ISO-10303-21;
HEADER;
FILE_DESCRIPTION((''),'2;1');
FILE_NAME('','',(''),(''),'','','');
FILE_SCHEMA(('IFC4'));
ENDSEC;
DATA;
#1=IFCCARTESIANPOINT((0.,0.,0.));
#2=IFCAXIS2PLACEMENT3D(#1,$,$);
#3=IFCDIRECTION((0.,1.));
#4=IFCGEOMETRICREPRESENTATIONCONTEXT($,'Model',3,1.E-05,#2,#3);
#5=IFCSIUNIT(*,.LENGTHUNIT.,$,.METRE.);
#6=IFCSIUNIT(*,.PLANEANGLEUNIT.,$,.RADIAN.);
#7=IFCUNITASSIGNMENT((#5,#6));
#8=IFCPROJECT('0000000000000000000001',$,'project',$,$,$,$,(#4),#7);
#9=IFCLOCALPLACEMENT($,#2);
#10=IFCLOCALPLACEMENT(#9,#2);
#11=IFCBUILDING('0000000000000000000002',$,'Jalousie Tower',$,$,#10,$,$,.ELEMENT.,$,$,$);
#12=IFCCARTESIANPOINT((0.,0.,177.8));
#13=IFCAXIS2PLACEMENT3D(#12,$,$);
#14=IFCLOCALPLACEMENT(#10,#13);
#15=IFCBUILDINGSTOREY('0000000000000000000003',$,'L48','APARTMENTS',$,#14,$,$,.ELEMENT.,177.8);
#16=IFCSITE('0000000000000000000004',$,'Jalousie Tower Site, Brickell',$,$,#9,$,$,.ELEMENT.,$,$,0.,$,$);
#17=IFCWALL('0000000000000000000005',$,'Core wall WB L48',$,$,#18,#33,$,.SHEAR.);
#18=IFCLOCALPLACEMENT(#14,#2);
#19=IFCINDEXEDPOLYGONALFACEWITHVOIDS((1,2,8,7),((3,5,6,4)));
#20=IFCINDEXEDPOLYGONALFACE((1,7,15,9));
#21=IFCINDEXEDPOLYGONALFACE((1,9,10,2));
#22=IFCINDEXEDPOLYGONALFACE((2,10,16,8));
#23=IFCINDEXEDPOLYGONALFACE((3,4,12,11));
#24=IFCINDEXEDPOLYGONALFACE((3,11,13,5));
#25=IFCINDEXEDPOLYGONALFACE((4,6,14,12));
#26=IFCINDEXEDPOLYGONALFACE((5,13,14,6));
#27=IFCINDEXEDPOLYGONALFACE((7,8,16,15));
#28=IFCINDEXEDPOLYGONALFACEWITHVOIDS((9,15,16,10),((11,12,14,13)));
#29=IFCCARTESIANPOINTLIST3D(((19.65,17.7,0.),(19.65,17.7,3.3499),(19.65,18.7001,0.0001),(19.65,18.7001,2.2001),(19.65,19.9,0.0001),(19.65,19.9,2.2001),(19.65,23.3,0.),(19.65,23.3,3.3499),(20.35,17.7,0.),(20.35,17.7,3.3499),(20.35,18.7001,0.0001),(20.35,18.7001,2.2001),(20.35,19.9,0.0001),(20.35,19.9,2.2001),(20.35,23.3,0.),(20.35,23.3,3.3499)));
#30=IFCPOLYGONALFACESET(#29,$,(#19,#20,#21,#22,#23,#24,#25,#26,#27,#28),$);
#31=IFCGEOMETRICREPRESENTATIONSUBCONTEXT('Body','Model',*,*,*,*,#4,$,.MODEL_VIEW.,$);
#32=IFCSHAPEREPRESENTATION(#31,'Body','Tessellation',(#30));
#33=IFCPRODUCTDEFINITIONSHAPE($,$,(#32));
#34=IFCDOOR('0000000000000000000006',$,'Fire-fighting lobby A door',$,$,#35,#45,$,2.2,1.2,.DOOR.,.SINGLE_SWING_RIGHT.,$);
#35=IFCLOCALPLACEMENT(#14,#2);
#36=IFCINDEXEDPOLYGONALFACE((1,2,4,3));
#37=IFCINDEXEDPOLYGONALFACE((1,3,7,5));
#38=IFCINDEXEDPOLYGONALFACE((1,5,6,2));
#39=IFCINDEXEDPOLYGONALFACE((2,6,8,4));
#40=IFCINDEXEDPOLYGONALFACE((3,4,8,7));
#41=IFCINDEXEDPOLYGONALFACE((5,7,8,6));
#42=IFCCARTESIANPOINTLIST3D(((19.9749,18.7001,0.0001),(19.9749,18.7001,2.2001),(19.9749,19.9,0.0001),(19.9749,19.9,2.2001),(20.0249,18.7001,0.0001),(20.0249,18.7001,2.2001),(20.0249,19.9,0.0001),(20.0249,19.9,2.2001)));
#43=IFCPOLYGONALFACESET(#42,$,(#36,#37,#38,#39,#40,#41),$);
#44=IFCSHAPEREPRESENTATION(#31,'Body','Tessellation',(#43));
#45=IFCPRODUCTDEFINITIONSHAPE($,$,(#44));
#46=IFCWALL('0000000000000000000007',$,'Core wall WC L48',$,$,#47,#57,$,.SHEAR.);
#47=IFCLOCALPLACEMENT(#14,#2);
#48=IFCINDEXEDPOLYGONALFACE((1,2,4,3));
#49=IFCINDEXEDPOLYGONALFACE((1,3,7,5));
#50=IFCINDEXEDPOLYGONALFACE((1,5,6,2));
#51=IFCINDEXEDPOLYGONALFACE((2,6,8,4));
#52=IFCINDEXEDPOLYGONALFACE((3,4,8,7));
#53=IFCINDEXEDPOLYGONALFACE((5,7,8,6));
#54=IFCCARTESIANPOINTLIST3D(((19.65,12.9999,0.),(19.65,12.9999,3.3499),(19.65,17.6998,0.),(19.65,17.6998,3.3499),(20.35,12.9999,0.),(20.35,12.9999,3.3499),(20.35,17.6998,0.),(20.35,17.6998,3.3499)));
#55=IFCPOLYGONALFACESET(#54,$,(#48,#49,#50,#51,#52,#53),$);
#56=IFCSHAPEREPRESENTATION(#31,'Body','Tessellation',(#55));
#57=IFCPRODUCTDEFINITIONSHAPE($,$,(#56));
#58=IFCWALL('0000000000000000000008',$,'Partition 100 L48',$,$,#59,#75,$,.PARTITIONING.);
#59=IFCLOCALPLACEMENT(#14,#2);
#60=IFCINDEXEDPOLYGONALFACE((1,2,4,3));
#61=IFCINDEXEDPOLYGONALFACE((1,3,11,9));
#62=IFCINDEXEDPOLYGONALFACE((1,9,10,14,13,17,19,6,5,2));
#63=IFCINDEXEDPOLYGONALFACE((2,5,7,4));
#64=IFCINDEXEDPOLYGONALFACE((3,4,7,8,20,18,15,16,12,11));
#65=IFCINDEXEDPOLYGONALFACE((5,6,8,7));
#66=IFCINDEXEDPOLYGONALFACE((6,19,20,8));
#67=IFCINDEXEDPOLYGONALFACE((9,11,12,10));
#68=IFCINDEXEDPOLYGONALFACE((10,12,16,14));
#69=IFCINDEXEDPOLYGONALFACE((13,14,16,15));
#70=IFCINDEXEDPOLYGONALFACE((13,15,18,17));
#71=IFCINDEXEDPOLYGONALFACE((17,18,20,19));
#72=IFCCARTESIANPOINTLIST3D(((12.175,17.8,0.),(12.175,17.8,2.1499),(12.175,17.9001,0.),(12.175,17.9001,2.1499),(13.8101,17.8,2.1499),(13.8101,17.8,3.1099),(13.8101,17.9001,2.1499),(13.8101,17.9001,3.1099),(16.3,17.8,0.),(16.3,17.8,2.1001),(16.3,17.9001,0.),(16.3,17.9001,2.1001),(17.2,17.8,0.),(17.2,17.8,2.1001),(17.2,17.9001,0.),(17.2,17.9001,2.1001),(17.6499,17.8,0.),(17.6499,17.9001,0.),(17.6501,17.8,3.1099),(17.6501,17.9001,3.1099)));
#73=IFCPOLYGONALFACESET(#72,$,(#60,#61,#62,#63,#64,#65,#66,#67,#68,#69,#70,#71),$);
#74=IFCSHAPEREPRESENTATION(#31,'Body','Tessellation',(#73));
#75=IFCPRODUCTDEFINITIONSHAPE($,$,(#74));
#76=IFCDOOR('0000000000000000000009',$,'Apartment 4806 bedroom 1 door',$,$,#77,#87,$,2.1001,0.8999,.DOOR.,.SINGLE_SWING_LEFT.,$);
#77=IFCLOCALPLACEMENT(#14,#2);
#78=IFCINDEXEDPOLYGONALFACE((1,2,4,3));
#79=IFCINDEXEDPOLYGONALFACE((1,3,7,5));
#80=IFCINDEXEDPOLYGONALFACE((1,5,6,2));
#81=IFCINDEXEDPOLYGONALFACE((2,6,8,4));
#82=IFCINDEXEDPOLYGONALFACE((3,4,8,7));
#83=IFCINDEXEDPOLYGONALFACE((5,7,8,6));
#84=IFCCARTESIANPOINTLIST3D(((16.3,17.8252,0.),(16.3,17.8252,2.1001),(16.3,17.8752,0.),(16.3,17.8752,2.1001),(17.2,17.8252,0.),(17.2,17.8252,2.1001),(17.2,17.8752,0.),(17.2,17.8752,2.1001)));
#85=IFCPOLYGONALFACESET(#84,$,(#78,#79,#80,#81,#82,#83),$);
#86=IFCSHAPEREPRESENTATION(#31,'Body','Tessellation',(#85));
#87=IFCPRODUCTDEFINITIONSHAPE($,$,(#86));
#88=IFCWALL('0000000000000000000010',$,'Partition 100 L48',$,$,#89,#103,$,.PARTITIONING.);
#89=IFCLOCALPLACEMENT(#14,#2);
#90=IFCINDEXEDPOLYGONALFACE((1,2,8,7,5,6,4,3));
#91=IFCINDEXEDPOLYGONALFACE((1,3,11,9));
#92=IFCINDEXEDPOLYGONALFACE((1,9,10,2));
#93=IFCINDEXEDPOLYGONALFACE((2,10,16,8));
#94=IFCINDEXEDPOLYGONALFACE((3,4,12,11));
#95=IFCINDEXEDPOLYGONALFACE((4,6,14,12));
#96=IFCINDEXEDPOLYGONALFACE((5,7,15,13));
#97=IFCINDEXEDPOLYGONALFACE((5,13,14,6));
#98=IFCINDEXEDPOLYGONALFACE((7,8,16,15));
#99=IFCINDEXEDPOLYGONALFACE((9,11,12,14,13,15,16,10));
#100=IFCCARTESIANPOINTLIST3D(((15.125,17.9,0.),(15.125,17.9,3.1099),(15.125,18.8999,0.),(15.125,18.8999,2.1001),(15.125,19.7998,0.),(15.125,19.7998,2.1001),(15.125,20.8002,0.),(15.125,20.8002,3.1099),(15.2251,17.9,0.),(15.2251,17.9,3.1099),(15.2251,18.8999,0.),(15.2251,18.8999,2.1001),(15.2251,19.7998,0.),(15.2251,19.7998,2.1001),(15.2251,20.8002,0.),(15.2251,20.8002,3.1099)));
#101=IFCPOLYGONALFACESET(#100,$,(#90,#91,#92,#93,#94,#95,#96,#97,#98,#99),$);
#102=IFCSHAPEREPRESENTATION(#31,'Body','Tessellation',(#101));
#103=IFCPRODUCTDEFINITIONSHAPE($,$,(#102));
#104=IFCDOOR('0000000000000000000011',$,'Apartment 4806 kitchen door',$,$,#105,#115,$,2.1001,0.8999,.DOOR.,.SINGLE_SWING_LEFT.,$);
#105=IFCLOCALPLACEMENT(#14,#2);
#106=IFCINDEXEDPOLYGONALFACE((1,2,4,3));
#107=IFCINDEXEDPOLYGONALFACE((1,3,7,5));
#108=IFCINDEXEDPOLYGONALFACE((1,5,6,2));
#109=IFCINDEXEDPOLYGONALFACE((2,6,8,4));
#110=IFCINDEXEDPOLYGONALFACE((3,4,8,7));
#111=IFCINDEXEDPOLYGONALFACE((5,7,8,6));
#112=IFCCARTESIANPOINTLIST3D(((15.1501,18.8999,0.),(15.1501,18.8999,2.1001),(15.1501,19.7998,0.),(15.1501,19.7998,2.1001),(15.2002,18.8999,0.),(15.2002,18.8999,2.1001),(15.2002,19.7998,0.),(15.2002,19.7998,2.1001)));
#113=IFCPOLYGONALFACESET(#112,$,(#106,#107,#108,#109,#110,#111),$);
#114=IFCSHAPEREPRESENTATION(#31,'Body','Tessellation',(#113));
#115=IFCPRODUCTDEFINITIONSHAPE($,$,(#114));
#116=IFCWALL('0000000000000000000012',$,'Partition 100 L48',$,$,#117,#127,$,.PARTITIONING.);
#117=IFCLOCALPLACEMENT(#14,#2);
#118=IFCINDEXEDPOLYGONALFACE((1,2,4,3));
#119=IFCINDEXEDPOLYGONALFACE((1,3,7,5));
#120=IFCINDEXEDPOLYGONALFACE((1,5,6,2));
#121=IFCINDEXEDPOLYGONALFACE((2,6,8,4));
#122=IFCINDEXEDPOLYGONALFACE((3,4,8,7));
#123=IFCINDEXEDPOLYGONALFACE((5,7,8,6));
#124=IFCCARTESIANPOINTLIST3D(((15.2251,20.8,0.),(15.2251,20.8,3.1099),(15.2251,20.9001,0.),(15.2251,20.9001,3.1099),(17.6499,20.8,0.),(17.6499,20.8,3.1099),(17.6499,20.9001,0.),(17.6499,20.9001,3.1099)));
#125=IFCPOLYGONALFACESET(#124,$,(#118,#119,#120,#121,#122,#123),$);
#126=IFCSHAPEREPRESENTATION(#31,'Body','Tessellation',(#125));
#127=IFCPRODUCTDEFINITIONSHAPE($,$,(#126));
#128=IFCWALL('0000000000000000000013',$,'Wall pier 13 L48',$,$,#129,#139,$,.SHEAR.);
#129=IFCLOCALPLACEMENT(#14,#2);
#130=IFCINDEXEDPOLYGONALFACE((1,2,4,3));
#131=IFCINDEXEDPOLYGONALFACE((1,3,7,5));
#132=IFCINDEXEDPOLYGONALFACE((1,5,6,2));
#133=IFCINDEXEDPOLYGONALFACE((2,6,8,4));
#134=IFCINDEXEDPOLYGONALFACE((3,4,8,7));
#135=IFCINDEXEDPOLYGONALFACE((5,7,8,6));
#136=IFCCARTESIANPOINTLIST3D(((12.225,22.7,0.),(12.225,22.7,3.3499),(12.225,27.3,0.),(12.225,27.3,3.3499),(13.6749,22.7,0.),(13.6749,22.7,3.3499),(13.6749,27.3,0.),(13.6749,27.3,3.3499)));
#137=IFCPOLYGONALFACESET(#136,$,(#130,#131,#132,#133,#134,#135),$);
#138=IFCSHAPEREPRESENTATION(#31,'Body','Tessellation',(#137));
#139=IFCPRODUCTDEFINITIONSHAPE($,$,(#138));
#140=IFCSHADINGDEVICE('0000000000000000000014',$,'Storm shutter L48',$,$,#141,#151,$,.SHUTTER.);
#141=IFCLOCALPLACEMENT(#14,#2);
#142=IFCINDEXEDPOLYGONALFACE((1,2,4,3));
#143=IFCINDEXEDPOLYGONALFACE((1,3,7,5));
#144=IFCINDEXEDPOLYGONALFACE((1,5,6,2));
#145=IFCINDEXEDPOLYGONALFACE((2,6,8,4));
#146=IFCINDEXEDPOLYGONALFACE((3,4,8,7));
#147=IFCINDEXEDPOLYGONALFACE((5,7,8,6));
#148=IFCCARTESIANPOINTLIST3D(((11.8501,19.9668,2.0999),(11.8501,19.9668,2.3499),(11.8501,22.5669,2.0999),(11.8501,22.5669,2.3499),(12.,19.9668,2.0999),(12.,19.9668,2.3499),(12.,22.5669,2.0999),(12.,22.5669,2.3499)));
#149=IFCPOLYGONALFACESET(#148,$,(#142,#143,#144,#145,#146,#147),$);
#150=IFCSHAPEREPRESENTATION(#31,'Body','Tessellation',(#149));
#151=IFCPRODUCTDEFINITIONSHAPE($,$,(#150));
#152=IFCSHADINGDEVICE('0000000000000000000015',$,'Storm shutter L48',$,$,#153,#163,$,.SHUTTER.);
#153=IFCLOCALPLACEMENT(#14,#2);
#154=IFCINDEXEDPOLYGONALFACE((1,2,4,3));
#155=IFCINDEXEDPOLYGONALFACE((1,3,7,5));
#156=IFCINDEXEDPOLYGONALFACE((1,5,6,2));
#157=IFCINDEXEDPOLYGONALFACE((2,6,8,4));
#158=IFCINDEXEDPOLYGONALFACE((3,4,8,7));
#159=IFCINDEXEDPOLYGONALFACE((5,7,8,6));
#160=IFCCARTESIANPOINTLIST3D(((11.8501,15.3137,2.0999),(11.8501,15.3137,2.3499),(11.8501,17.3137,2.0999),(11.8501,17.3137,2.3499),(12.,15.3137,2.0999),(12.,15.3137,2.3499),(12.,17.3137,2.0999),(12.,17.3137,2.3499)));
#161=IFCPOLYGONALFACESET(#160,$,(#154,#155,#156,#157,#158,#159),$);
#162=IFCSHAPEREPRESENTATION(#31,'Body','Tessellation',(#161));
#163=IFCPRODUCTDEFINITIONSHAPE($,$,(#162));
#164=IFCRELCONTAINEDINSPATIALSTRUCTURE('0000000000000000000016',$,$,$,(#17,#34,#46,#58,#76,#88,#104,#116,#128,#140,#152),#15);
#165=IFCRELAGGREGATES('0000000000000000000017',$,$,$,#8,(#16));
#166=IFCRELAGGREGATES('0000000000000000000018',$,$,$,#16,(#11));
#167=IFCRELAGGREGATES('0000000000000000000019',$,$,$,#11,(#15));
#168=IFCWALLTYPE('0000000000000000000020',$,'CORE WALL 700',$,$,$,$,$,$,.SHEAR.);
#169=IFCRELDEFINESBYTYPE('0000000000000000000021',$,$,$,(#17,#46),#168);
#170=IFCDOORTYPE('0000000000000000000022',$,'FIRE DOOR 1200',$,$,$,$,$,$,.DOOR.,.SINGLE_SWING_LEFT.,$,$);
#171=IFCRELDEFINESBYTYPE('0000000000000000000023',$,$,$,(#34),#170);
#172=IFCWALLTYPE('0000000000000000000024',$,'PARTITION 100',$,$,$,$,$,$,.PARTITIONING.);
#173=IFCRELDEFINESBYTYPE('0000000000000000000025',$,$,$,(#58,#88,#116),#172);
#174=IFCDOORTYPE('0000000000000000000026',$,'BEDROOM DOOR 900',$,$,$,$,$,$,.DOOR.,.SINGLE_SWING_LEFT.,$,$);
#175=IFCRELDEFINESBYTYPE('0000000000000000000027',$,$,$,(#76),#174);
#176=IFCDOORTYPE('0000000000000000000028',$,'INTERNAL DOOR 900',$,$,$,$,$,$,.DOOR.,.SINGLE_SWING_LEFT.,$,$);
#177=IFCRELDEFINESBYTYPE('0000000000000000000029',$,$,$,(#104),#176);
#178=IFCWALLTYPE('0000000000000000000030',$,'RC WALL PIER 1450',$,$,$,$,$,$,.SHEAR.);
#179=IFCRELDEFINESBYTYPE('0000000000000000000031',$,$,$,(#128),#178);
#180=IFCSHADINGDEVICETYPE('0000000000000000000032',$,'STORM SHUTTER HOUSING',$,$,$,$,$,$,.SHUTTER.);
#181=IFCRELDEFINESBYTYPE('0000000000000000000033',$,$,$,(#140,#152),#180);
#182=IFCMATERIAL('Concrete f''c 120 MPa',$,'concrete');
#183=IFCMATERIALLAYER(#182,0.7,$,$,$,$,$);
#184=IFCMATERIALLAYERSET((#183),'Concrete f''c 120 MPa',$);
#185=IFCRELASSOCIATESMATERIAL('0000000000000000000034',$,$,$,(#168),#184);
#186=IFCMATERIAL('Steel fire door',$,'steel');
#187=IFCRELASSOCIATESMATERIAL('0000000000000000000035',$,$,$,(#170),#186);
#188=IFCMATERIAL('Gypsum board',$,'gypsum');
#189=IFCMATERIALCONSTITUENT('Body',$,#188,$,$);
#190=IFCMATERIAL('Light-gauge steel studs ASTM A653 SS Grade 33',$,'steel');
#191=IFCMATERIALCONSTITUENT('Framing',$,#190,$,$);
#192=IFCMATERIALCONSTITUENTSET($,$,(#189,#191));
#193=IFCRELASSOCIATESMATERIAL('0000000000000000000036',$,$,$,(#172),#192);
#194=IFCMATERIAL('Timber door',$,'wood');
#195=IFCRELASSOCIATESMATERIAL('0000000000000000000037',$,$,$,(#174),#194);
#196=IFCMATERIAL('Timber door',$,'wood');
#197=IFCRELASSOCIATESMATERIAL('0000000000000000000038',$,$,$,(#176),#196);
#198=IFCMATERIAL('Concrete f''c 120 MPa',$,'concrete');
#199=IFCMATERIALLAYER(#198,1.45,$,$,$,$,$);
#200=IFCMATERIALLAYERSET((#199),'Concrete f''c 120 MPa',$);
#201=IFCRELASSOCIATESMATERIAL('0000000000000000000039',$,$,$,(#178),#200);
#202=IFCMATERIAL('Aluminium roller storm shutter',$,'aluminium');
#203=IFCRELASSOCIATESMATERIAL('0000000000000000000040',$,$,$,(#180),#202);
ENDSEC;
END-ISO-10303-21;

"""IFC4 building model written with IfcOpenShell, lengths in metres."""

from ifc_helpers import new_model, si_unit, direction, frame, frame_2d, origin, origin_2d, place, context, subcontext, project, spatial, polyline, rectangle, outline, extrude, material, layer, layer_set, constituent, constituent_set, type_object, element, fill, save


model = new_model("IFC4")

# Units and contexts
model_context = context("Model", 3, precision=1e-05, world=origin(), true_north=direction((0.0, 1.0)))
body_context = subcontext(model_context, "Body", "Model", "MODEL_VIEW")
ifc_project = project(units=[si_unit("LENGTHUNIT", "METRE"), si_unit("PLANEANGLEUNIT", "RADIAN")], contexts=[model_context])

# Site, building, storey
site_placement = place(None, origin())
site = spatial("IfcSite", under=ifc_project, at=site_placement, Name="Jalousie Tower Site, Brickell", CompositionType="ELEMENT", RefElevation=0.0)
building_placement = place(site_placement, origin())
building = spatial("IfcBuilding", under=site, at=building_placement, Name="Jalousie Tower", CompositionType="ELEMENT")
storey_placement = place(building_placement, frame((0.0, 0.0, 177.8)))
storey = spatial("IfcBuildingStorey", under=building, at=storey_placement, Name="L48", Description="APARTMENTS", CompositionType="ELEMENT", Elevation=177.8)

# Shared definitions
ifc_material_1 = material(Name="Concrete f'c 120 MPa", Category="concrete")
ifc_layer_1 = layer(ifc_material_1, 0.7)
ifc_layer_set_1 = layer_set([ifc_layer_1], Name="Concrete f'c 120 MPa")
wall_type_1 = type_object("IfcWallType", Name="CORE WALL 700", PredefinedType="SHEAR", material=ifc_layer_set_1)

# Wall, opening, door
wall_1_placement = place(storey_placement, frame((20.0, 23.3, 0.0), z_axis=(0.0, 0.0, 1.0), x_axis=(0.0, -1.0, 0.0)))
wall_1 = element("IfcWall", 1, at=wall_1_placement, inside=storey, type_object=wall_type_1, Name="Core wall WB L48", PredefinedType="SHEAR", context=body_context, shape_type="SweptSolid", body=[
    extrude(rectangle(XDim=5.6001, YDim=0.7, at=frame_2d((2.8, 0.0))), origin(), (0.0, 0.0, 1.0), 3.3499),
])
opening_1_placement = place(wall_1_placement, frame((3.3999, 0.0, 0.0)))
opening_1 = element("IfcOpeningElement", 2, at=opening_1_placement, cuts=wall_1, PredefinedType="OPENING", context=body_context, shape_type="SweptSolid", body=[
    extrude(rectangle(XDim=1.2, YDim=2.2, at=frame_2d((0.6001, 1.1001))), frame((0.0, 0.3599, 0.0), z_axis=(0.0, -1.0, 0.0), x_axis=(1.0, 0.0, 0.0)), (0.0, 0.0, 1.0), 0.72),
])
ifc_material_2 = material(Name="Steel fire door", Category="steel")
door_type_1 = type_object("IfcDoorType", Name="FIRE DOOR 1200", OperationType="SINGLE_SWING_LEFT", PredefinedType="DOOR", material=ifc_material_2)
door_1_placement = place(opening_1_placement, origin())
door_1 = element("IfcDoor", 3, at=door_1_placement, inside=storey, type_object=door_type_1, Name="Fire-fighting lobby A door", OperationType="SINGLE_SWING_RIGHT", OverallHeight=2.2, OverallWidth=1.2, PredefinedType="DOOR", context=body_context, shape_type="SweptSolid", body=[
    extrude(rectangle(XDim=1.2, YDim=2.2, at=frame_2d((0.6001, 1.1001))), frame((0.0, 0.0249, 0.0), z_axis=(0.0, -1.0, 0.0), x_axis=(1.0, 0.0, 0.0)), (0.0, 0.0, 1.0), 0.05),
])
fill(opening_1, door_1)

# Wall
wall_2_placement = place(storey_placement, frame((20.0, 17.7, 0.0), z_axis=(0.0, 0.0, 1.0), x_axis=(0.0, -1.0, 0.0)))
element("IfcWall", 4, at=wall_2_placement, inside=storey, type_object=wall_type_1, Name="Core wall WC L48", PredefinedType="SHEAR", context=body_context, shape_type="SweptSolid", body=[
    extrude(rectangle(XDim=4.7, YDim=0.7, at=frame_2d((2.3501, 0.0))), origin(), (0.0, 0.0, 1.0), 3.3499),
])

# Walls, openings, doors
ifc_material_3 = material(Name="Gypsum board", Category="gypsum")
ifc_constituent_1 = constituent(ifc_material_3, Name="Body")
ifc_material_4 = material(Name="Light-gauge steel studs ASTM A653 SS Grade 33", Category="steel")
ifc_constituent_2 = constituent(ifc_material_4, Name="Framing")
ifc_constituent_set_1 = constituent_set(constituents=[ifc_constituent_1, ifc_constituent_2])
wall_type_2 = type_object("IfcWallType", Name="PARTITION 100", PredefinedType="PARTITIONING", material=ifc_constituent_set_1)
wall_3_placement = place(storey_placement, frame((12.175, 17.8501, 0.0), z_axis=(0.0, 0.0, 1.0), x_axis=(1.0, 0.0, 0.0)))
wall_3 = element("IfcWall", 5, at=wall_3_placement, inside=storey, type_object=wall_type_2, Name="Partition 100 L48", PredefinedType="PARTITIONING", context=body_context, shape_type="SweptSolid", body=[
    extrude(outline(polyline([(0.0, 0.0), (5.4749, 0.0), (5.4751, 3.1099), (1.635, 3.1099), (1.635, 2.1499), (0.0, 2.1499), (0.0, 3.1099), (0.0, 0.0)])), frame((0.0, 0.05, 0.0), z_axis=(0.0, -1.0, 0.0), x_axis=(1.0, 0.0, 0.0)), (0.0, 0.0, 1.0), 0.1001),
])
opening_2_placement = place(wall_3_placement, frame((4.125, 0.0, 0.0)))
opening_2 = element("IfcOpeningElement", 6, at=opening_2_placement, cuts=wall_3, PredefinedType="OPENING", context=body_context, shape_type="SweptSolid", body=[
    extrude(rectangle(XDim=0.8999, YDim=2.1001, at=frame_2d((0.45, 1.05))), frame((0.0, 0.0601, 0.0), z_axis=(0.0, -1.0, 0.0), x_axis=(1.0, 0.0, 0.0)), (0.0, 0.0, 1.0), 0.1201),
])
ifc_material_5 = material(Name="Timber door", Category="wood")
door_type_2 = type_object("IfcDoorType", Name="BEDROOM DOOR 900", OperationType="SINGLE_SWING_LEFT", PredefinedType="DOOR", material=ifc_material_5)
door_2_placement = place(opening_2_placement, frame((0.8999, 0.0, 0.0), z_axis=(0.0, 0.0, 1.0), x_axis=(-1.0, 0.0, 0.0)))
door_2 = element("IfcDoor", 7, at=door_2_placement, inside=storey, type_object=door_type_2, Name="Apartment 4806 bedroom 1 door", OperationType="SINGLE_SWING_LEFT", OverallHeight=2.1001, OverallWidth=0.8999, PredefinedType="DOOR", context=body_context, shape_type="SweptSolid", body=[
    extrude(rectangle(XDim=0.8999, YDim=2.1001, at=frame_2d((0.45, 1.05))), frame((0.0, 0.0249, 0.0), z_axis=(0.0, -1.0, 0.0), x_axis=(1.0, 0.0, 0.0)), (0.0, 0.0, 1.0), 0.05),
])
fill(opening_2, door_2)
wall_4_placement = place(storey_placement, frame((15.175, 17.8999, 0.0), z_axis=(0.0, 0.0, 1.0), x_axis=(0.0, 1.0, 0.0)))
wall_4 = element("IfcWall", 8, at=wall_4_placement, inside=storey, type_object=wall_type_2, Name="Partition 100 L48", PredefinedType="PARTITIONING", context=body_context, shape_type="SweptSolid", body=[
    extrude(rectangle(XDim=2.9001, YDim=0.1001, at=frame_2d((1.4502, 0.0))), origin(), (0.0, 0.0, 1.0), 3.1099),
])
opening_3_placement = place(wall_4_placement, frame((1.0, 0.0, 0.0)))
opening_3 = element("IfcOpeningElement", 9, at=opening_3_placement, cuts=wall_4, PredefinedType="OPENING", context=body_context, shape_type="SweptSolid", body=[
    extrude(rectangle(XDim=0.8999, YDim=2.1001, at=frame_2d((0.45, 1.05))), frame((0.0, 0.0601, 0.0), z_axis=(0.0, -1.0, 0.0), x_axis=(1.0, 0.0, 0.0)), (0.0, 0.0, 1.0), 0.1201),
])
ifc_material_6 = material(Name="Timber door", Category="wood")
door_type_3 = type_object("IfcDoorType", Name="INTERNAL DOOR 900", OperationType="SINGLE_SWING_LEFT", PredefinedType="DOOR", material=ifc_material_6)
door_3_placement = place(opening_3_placement, origin())
door_3 = element("IfcDoor", 10, at=door_3_placement, inside=storey, type_object=door_type_3, Name="Apartment 4806 kitchen door", OperationType="SINGLE_SWING_LEFT", OverallHeight=2.1001, OverallWidth=0.8999, PredefinedType="DOOR", context=body_context, shape_type="SweptSolid", body=[
    extrude(rectangle(XDim=0.8999, YDim=2.1001, at=frame_2d((0.45, 1.05))), frame((0.0, 0.0249, 0.0), z_axis=(0.0, -1.0, 0.0), x_axis=(1.0, 0.0, 0.0)), (0.0, 0.0, 1.0), 0.05),
])
fill(opening_3, door_3)

# Walls
wall_5_placement = place(storey_placement, frame((15.2251, 20.8501, 0.0), z_axis=(0.0, 0.0, 1.0), x_axis=(1.0, 0.0, 0.0)))
element("IfcWall", 11, at=wall_5_placement, inside=storey, type_object=wall_type_2, Name="Partition 100 L48", PredefinedType="PARTITIONING", context=body_context, shape_type="SweptSolid", body=[
    extrude(rectangle(XDim=2.4248, YDim=0.1001, at=frame_2d((1.2124, 0.0))), origin(), (0.0, 0.0, 1.0), 3.1099),
])
ifc_material_7 = material(Name="Concrete f'c 120 MPa", Category="concrete")
ifc_layer_2 = layer(ifc_material_7, 1.45)
ifc_layer_set_2 = layer_set([ifc_layer_2], Name="Concrete f'c 120 MPa")
wall_type_3 = type_object("IfcWallType", Name="RC WALL PIER 1450", PredefinedType="SHEAR", material=ifc_layer_set_2)
wall_6_placement = place(storey_placement, frame((12.95, 22.7, 0.0), z_axis=(0.0, 0.0, 1.0), x_axis=(0.0, 1.0, 0.0)))
element("IfcWall", 12, at=wall_6_placement, inside=storey, type_object=wall_type_3, Name="Wall pier 13 L48", PredefinedType="SHEAR", context=body_context, shape_type="SweptSolid", body=[
    extrude(rectangle(XDim=4.6001, YDim=1.45, at=frame_2d((2.3, 0.0))), origin(), (0.0, 0.0, 1.0), 3.3499),
])

# Shading devices
ifc_material_8 = material(Name="Aluminium roller storm shutter", Category="aluminium")
shading_device_type = type_object("IfcShadingDeviceType", Name="STORM SHUTTER HOUSING", PredefinedType="SHUTTER", material=ifc_material_8)
shading_device_1_placement = place(storey_placement, frame((11.925, 21.2668, 2.0999), z_axis=(0.0, 0.0, 1.0), x_axis=(0.0, -1.0, 0.0)))
element("IfcShadingDevice", 13, at=shading_device_1_placement, inside=storey, type_object=shading_device_type, Name="Storm shutter L48", PredefinedType="SHUTTER", context=body_context, shape_type="SweptSolid", body=[
    extrude(rectangle(XDim=2.6001, YDim=0.1499, at=origin_2d()), origin(), (0.0, 0.0, 1.0), 0.25),
])
shading_device_2_placement = place(storey_placement, frame((11.925, 16.3137, 2.0999), z_axis=(0.0, 0.0, 1.0), x_axis=(0.0, -1.0, 0.0)))
element("IfcShadingDevice", 14, at=shading_device_2_placement, inside=storey, type_object=shading_device_type, Name="Storm shutter L48", PredefinedType="SHUTTER", context=body_context, shape_type="SweptSolid", body=[
    extrude(rectangle(XDim=2.0, YDim=0.1499, at=origin_2d()), origin(), (0.0, 0.0, 1.0), 0.25),
])

save(model, "model.ifc")
